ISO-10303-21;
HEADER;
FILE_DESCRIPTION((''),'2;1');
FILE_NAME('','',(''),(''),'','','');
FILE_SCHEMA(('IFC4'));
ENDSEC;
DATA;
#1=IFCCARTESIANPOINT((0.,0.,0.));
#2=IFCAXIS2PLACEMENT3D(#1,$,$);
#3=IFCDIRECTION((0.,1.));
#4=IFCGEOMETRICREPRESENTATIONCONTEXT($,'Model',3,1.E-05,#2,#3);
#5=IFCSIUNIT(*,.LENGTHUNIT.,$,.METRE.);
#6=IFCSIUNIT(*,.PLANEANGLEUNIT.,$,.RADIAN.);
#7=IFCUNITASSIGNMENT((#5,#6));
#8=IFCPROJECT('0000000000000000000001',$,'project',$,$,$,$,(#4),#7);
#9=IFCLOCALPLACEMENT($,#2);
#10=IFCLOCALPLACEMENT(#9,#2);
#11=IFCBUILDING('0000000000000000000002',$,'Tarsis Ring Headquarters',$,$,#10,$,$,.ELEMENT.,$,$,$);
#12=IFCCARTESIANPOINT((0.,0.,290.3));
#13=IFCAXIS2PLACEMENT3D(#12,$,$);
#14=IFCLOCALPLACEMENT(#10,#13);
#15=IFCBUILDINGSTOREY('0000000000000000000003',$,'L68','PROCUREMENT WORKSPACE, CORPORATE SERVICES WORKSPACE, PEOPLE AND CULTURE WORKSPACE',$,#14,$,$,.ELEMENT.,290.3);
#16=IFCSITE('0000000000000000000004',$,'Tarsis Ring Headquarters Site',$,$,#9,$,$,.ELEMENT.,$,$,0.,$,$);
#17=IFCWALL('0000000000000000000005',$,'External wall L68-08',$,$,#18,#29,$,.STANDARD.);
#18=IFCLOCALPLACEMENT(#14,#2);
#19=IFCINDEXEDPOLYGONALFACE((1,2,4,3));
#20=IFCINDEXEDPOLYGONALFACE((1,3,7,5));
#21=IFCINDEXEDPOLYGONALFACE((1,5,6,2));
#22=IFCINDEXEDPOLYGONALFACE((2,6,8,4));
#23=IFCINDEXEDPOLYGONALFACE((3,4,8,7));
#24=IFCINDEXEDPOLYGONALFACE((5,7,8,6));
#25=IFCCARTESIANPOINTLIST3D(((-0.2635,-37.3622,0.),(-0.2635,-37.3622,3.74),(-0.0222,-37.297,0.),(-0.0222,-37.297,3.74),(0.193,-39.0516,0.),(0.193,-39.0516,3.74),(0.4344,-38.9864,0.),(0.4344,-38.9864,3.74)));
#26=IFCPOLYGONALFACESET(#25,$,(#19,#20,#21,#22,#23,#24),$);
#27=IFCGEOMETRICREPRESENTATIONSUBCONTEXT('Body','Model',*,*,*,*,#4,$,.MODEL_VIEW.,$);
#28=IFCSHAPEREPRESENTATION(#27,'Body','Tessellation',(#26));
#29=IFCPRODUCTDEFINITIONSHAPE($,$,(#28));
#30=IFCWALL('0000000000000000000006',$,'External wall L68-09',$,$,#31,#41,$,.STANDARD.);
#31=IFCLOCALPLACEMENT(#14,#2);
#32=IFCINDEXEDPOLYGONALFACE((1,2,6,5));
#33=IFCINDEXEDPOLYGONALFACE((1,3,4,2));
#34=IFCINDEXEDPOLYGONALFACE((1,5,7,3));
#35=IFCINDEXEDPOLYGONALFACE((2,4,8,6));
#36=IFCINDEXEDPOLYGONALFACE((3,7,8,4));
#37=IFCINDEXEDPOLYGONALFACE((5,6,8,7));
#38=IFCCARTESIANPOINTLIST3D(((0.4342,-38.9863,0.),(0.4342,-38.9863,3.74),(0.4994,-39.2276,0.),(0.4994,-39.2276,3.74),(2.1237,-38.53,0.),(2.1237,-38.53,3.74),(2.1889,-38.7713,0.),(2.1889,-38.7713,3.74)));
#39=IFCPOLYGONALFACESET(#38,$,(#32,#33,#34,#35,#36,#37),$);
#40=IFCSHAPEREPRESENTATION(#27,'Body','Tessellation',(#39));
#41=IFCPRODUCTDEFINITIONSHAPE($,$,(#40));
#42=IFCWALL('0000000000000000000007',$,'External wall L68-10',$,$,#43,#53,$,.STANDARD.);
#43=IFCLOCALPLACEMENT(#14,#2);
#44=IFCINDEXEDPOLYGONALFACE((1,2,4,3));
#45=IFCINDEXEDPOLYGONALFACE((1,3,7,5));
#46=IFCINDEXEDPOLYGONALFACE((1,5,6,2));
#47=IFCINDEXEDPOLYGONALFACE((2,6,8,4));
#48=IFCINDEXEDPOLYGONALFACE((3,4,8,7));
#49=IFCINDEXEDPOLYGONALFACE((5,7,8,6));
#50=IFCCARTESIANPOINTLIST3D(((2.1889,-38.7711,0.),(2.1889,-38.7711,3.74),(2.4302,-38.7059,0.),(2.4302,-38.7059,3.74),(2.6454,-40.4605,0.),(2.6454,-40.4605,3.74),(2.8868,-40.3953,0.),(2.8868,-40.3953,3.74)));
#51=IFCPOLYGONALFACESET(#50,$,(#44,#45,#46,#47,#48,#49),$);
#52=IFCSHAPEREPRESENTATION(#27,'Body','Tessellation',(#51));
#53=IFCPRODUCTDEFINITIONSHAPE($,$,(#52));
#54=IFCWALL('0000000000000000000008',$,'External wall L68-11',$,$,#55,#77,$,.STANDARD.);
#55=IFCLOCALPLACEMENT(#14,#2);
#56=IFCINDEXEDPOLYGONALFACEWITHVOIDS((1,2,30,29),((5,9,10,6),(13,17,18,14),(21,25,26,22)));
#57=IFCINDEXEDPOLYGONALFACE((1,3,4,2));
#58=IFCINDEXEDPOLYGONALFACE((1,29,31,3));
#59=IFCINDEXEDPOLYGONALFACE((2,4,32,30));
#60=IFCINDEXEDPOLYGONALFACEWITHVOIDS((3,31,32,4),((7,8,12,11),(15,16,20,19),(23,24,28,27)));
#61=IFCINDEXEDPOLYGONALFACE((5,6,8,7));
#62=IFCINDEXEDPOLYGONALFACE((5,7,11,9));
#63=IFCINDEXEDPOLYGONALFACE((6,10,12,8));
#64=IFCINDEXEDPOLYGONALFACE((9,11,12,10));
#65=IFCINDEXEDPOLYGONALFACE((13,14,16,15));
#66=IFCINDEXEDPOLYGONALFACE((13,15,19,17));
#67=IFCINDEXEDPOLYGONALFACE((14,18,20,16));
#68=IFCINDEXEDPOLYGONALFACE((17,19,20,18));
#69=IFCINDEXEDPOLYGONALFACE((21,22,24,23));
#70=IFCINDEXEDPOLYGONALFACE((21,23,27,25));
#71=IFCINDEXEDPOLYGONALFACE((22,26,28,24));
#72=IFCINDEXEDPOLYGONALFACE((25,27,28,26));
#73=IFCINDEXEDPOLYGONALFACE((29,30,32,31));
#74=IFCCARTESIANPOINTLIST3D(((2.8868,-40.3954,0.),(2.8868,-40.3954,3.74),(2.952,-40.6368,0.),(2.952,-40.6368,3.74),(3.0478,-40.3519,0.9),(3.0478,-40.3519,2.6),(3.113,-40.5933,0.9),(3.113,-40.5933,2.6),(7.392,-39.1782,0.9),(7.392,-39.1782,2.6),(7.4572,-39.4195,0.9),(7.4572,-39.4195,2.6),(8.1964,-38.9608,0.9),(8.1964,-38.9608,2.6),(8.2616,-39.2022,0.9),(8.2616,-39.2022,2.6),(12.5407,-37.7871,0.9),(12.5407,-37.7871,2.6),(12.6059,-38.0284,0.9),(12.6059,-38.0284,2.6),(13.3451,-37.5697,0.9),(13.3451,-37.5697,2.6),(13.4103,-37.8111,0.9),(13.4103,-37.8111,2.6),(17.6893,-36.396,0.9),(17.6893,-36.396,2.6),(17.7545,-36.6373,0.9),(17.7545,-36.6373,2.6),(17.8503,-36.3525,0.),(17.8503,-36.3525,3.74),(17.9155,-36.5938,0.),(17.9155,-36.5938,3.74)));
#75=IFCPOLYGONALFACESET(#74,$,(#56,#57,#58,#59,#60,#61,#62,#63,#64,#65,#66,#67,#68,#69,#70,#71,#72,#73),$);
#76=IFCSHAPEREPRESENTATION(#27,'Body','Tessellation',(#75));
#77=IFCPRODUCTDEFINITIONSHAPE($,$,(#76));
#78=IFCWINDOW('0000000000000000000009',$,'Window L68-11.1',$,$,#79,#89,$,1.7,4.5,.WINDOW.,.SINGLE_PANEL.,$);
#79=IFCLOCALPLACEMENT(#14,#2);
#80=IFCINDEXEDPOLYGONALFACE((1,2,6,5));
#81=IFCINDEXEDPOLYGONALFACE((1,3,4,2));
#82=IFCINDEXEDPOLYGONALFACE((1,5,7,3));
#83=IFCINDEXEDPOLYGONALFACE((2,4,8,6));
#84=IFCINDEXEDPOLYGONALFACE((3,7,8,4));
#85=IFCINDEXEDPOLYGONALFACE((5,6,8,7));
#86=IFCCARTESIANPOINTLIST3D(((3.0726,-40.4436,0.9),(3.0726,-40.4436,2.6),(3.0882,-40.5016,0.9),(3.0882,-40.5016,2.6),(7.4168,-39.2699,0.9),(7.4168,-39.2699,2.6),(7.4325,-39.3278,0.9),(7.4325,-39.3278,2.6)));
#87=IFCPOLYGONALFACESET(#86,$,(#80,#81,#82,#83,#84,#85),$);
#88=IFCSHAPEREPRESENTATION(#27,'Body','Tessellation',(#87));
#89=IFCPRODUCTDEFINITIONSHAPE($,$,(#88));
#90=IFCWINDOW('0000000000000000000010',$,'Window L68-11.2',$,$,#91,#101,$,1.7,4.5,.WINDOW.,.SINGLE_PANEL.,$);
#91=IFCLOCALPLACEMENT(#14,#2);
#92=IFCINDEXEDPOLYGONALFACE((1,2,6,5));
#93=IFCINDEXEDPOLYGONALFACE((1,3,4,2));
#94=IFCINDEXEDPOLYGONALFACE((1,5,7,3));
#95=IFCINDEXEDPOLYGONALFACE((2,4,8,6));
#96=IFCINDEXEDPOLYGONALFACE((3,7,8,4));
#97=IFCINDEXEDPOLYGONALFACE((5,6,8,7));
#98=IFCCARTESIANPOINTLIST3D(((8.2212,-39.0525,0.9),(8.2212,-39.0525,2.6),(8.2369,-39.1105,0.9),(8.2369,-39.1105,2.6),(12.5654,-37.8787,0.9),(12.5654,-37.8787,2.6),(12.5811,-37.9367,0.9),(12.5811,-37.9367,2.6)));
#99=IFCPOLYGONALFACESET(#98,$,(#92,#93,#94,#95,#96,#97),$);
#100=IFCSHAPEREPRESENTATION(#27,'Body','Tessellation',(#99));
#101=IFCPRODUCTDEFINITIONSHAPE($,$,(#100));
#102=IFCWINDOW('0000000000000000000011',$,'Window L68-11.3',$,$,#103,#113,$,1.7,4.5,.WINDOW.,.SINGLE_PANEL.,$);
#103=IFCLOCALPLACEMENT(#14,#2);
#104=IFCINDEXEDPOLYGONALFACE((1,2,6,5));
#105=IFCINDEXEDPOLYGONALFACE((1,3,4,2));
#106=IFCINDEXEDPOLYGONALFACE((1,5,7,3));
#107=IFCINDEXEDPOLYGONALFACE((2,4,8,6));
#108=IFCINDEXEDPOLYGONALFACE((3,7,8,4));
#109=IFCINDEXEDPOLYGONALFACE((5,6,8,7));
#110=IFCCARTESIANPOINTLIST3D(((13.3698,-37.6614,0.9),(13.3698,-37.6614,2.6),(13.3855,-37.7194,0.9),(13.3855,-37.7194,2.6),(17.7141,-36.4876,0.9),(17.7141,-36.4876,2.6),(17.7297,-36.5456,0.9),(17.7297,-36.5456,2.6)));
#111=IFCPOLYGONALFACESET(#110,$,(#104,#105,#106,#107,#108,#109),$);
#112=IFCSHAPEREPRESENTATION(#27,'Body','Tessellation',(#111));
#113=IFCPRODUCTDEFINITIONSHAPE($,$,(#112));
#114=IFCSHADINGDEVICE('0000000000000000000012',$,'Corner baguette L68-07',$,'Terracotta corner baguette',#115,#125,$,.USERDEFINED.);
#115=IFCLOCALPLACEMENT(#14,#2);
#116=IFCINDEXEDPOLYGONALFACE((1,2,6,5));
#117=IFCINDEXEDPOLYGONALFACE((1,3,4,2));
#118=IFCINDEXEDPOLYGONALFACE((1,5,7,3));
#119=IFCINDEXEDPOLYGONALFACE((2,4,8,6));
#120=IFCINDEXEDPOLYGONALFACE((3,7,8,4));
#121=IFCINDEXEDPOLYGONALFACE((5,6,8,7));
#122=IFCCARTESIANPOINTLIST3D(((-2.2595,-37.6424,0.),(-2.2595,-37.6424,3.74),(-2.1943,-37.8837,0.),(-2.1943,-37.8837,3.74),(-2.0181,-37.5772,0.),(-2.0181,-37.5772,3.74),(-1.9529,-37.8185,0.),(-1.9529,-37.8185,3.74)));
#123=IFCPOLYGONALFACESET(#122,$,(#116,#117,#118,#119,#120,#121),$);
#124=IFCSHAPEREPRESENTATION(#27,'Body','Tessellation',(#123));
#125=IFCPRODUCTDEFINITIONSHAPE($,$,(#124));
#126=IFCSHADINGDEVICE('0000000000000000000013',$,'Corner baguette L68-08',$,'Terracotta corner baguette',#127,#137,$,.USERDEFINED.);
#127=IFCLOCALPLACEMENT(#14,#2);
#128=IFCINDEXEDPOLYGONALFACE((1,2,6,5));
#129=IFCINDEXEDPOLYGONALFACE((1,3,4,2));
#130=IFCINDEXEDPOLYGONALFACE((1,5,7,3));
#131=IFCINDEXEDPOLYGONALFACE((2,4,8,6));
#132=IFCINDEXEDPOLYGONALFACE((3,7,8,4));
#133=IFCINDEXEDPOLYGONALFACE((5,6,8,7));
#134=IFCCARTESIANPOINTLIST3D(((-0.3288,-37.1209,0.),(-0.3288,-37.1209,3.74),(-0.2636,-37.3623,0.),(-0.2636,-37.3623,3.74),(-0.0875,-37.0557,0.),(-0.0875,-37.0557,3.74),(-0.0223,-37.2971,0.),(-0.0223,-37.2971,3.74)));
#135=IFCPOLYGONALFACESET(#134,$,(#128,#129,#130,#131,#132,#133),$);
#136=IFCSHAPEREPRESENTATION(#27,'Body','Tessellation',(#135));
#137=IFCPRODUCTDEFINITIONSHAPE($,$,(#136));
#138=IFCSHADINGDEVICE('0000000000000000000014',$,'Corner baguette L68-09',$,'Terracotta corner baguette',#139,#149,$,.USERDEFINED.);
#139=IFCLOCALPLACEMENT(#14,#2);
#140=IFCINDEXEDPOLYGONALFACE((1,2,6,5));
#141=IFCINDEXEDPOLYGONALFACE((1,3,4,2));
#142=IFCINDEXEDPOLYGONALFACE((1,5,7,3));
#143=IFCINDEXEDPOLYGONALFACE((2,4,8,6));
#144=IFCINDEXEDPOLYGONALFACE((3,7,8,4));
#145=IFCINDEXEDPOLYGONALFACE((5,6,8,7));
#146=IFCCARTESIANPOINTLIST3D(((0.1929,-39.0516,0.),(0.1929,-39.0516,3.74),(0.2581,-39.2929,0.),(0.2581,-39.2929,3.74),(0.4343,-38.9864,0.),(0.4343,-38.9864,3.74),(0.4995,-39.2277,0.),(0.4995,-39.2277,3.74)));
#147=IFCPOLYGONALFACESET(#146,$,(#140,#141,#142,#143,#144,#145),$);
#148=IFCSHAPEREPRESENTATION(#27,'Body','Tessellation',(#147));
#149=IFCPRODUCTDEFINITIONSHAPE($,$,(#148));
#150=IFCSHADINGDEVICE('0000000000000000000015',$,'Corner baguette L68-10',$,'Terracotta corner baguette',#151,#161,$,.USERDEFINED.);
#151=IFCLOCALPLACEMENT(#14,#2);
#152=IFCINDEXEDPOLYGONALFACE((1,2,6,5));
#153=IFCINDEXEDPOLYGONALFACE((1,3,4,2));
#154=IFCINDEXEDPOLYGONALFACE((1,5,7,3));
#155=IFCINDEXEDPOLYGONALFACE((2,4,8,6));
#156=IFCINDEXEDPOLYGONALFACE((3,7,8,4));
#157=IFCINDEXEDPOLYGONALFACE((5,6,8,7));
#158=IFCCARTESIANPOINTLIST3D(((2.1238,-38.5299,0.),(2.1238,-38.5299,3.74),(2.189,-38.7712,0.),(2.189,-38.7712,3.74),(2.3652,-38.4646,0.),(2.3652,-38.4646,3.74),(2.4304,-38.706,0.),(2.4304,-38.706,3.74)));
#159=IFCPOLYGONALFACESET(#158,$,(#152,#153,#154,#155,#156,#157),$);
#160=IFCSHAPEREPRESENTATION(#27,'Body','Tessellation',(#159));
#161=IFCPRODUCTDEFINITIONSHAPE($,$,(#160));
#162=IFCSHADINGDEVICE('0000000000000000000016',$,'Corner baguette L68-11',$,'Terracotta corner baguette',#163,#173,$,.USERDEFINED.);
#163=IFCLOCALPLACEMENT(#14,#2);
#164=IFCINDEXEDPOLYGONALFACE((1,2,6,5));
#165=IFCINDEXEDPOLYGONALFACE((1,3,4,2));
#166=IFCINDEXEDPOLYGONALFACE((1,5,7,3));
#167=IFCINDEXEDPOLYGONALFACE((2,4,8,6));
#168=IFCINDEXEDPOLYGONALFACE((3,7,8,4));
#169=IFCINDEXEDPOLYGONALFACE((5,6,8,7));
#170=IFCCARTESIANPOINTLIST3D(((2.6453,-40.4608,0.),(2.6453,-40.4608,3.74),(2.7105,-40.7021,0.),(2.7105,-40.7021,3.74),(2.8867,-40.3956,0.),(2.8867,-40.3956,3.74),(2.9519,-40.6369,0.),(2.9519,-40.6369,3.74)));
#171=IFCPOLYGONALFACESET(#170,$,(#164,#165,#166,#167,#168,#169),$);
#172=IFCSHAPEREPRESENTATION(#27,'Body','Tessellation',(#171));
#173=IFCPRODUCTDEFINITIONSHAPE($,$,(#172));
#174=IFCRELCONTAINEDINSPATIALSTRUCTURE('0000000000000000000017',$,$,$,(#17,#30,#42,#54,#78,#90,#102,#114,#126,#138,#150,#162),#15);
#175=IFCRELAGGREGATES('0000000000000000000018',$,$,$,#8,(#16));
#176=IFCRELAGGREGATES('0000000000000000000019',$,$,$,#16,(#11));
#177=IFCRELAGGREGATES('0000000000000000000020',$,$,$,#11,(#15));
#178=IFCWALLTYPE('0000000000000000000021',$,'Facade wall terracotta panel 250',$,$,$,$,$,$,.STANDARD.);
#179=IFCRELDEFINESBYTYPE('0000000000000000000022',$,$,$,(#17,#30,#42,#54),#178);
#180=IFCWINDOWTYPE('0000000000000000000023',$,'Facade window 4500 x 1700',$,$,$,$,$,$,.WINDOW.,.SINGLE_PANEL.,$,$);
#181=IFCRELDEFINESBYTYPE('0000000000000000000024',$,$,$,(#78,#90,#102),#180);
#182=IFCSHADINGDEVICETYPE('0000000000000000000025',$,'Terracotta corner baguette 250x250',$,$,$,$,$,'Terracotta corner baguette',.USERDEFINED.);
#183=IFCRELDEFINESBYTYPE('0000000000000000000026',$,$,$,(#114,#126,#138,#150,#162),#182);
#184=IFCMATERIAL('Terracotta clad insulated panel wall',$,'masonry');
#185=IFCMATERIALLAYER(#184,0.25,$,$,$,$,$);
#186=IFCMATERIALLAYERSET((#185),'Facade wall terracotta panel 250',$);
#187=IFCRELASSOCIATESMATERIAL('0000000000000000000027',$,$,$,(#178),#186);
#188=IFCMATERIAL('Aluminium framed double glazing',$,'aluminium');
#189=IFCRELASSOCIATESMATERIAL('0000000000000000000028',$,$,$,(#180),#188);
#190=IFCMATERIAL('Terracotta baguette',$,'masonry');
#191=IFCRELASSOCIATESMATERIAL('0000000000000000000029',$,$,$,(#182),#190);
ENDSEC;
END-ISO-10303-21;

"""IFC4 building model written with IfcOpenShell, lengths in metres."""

from ifc_helpers import new_model, si_unit, direction, frame, frame_2d, origin, origin_2d, place, context, subcontext, project, spatial, rectangle, extrude, material, layer, layer_set, type_object, element, fill, save


model = new_model("IFC4")

# Units and contexts
model_context = context("Model", 3, precision=1e-05, world=origin(), true_north=direction((0.0, 1.0)))
body_context = subcontext(model_context, "Body", "Model", "MODEL_VIEW")
ifc_project = project(units=[si_unit("LENGTHUNIT", "METRE"), si_unit("PLANEANGLEUNIT", "RADIAN")], contexts=[model_context])

# Site, building, storey
site_placement = place(None, origin())
site = spatial("IfcSite", under=ifc_project, at=site_placement, Name="Tarsis Ring Headquarters Site", CompositionType="ELEMENT", RefElevation=0.0)
building_placement = place(site_placement, origin())
building = spatial("IfcBuilding", under=site, at=building_placement, Name="Tarsis Ring Headquarters", CompositionType="ELEMENT")
storey_placement = place(building_placement, frame((0.0, 0.0, 290.3)))
storey = spatial("IfcBuildingStorey", under=building, at=storey_placement, Name="L68", Description="PROCUREMENT WORKSPACE, CORPORATE SERVICES WORKSPACE, PEOPLE AND CULTURE WORKSPACE", CompositionType="ELEMENT", Elevation=290.3)

# Walls
ifc_material_1 = material(Name="Terracotta clad insulated panel wall", Category="masonry")
ifc_layer_1 = layer(ifc_material_1, 0.25)
ifc_layer_set_1 = layer_set([ifc_layer_1], Name="Facade wall terracotta panel 250")
wall_type_1 = type_object("IfcWallType", Name="Facade wall terracotta panel 250", PredefinedType="STANDARD", material=ifc_layer_set_1)
for number, where, z_axis, x_axis, name in (
    (1, (-0.1428, -37.3296, 0.0), (0.0, 0.0, 1.0), (0.260874, -0.965373, 0.0), "External wall L68-08"),
    (2, (0.4668, -39.1069, 0.0), (0.0, 0.0, 1.0), (0.965408, 0.260744, 0.0), "External wall L68-09"),
    (3, (2.3096, -38.7385, 0.0), (0.0, 0.0, 1.0), (0.260874, -0.965373, 0.0), "External wall L68-10"),
):
    element("IfcWall", number, at=place(storey_placement, frame(where, z_axis=z_axis, x_axis=x_axis)), inside=storey, type_object=wall_type_1, Name=name, PredefinedType="STANDARD", context=body_context, shape_type="SweptSolid", body=[
        extrude(rectangle(XDim=1.75, YDim=0.25, at=frame_2d((0.875, 0.0))), origin(), (0.0, 0.0, 1.0), 3.74),
    ])

# Wall, openings, windows
wall_1_placement = place(storey_placement, frame((2.9194, -40.5161, 0.0), z_axis=(0.0, 0.0, 1.0), x_axis=(0.965383, 0.260838, 0.0)))
wall_1 = element("IfcWall", 4, at=wall_1_placement, inside=storey, type_object=wall_type_1, Name="External wall L68-11", PredefinedType="STANDARD", context=body_context, shape_type="SweptSolid", body=[
    extrude(rectangle(XDim=15.5, YDim=0.25, at=frame_2d((7.75, 0.0))), origin(), (0.0, 0.0, 1.0), 3.74),
])
opening_1_placement = place(wall_1_placement, frame((0.1667, 0.0, 0.8999)))
opening_1 = element("IfcOpeningElement", 5, at=opening_1_placement, cuts=wall_1, PredefinedType="OPENING", context=body_context, shape_type="SweptSolid", body=[
    extrude(rectangle(XDim=4.5, YDim=1.7, at=frame_2d((2.25, 0.8501))), frame((0.0, 0.135, 0.0), z_axis=(0.0, -1.0, 0.0), x_axis=(1.0, 0.0, 0.0)), (0.0, 0.0, 1.0), 0.27),
])
opening_2_placement = place(wall_1_placement, frame((5.5, 0.0, 0.8999)))
opening_2 = element("IfcOpeningElement", 6, at=opening_2_placement, cuts=wall_1, PredefinedType="OPENING", context=body_context, shape_type="SweptSolid", body=[
    extrude(rectangle(XDim=4.5, YDim=1.7, at=frame_2d((2.25, 0.8501))), frame((0.0, 0.135, 0.0), z_axis=(0.0, -1.0, 0.0), x_axis=(1.0, 0.0, 0.0)), (0.0, 0.0, 1.0), 0.27),
])
opening_3_placement = place(wall_1_placement, frame((10.8333, 0.0, 0.8999)))
opening_3 = element("IfcOpeningElement", 7, at=opening_3_placement, cuts=wall_1, PredefinedType="OPENING", context=body_context, shape_type="SweptSolid", body=[
    extrude(rectangle(XDim=4.5, YDim=1.7, at=frame_2d((2.25, 0.8501))), frame((0.0, 0.135, 0.0), z_axis=(0.0, -1.0, 0.0), x_axis=(1.0, 0.0, 0.0)), (0.0, 0.0, 1.0), 0.27),
])
ifc_material_2 = material(Name="Aluminium framed double glazing", Category="aluminium")
window_type = type_object("IfcWindowType", Name="Facade window 4500 x 1700", PartitioningType="SINGLE_PANEL", PredefinedType="WINDOW", material=ifc_material_2)
window_1_placement = place(opening_1_placement, origin())
window_1 = element("IfcWindow", 8, at=window_1_placement, inside=storey, type_object=window_type, Name="Window L68-11.1", OverallHeight=1.7, OverallWidth=4.5, PartitioningType="SINGLE_PANEL", PredefinedType="WINDOW", context=body_context, shape_type="SweptSolid", body=[
    extrude(rectangle(XDim=4.5, YDim=1.7, at=frame_2d((2.25, 0.8501))), frame((0.0, 0.03, 0.0), z_axis=(0.0, -1.0, 0.0), x_axis=(1.0, 0.0, 0.0)), (0.0, 0.0, 1.0), 0.0601),
])
fill(opening_1, window_1)
window_2_placement = place(opening_2_placement, origin())
window_2 = element("IfcWindow", 9, at=window_2_placement, inside=storey, type_object=window_type, Name="Window L68-11.2", OverallHeight=1.7, OverallWidth=4.5, PartitioningType="SINGLE_PANEL", PredefinedType="WINDOW", context=body_context, shape_type="SweptSolid", body=[
    extrude(rectangle(XDim=4.5, YDim=1.7, at=frame_2d((2.25, 0.8501))), frame((0.0, 0.03, 0.0), z_axis=(0.0, -1.0, 0.0), x_axis=(1.0, 0.0, 0.0)), (0.0, 0.0, 1.0), 0.0601),
])
fill(opening_2, window_2)
window_3_placement = place(opening_3_placement, origin())
window_3 = element("IfcWindow", 10, at=window_3_placement, inside=storey, type_object=window_type, Name="Window L68-11.3", OverallHeight=1.7, OverallWidth=4.5, PartitioningType="SINGLE_PANEL", PredefinedType="WINDOW", context=body_context, shape_type="SweptSolid", body=[
    extrude(rectangle(XDim=4.5, YDim=1.7, at=frame_2d((2.25, 0.8501))), frame((0.0, 0.03, 0.0), z_axis=(0.0, -1.0, 0.0), x_axis=(1.0, 0.0, 0.0)), (0.0, 0.0, 1.0), 0.0601),
])
fill(opening_3, window_3)

# Shading devices
ifc_material_3 = material(Name="Terracotta baguette", Category="masonry")
shading_device_type_1 = type_object("IfcShadingDeviceType", Name="Terracotta corner baguette 250x250", ElementType="Terracotta corner baguette", PredefinedType="USERDEFINED", material=ifc_material_3)
for number, where, z_axis, x_axis, name in (
    (11, (-2.1062, -37.7305, 0.0), (0.0, 0.0, 1.0), (0.260841, -0.965382, 0.0), "Corner baguette L68-07"),
    (12, (-0.1755, -37.209, 0.0), (0.0, 0.0, 1.0), (0.965382, 0.260842, 0.0), "Corner baguette L68-08"),
    (13, (0.3462, -39.1396, 0.0), (0.0, 0.0, 1.0), (0.260842, -0.965382, 0.0), "Corner baguette L68-09"),
    (14, (2.2771, -38.6179, 0.0), (0.0, 0.0, 1.0), (0.965382, 0.260842, 0.0), "Corner baguette L68-10"),
    (15, (2.7986, -40.5488, 0.0), (0.0, 0.0, 1.0), (0.260842, -0.965382, 0.0), "Corner baguette L68-11"),
):
    element("IfcShadingDevice", number, at=place(storey_placement, frame(where, z_axis=z_axis, x_axis=x_axis)), inside=storey, type_object=shading_device_type_1, Name=name, ObjectType="Terracotta corner baguette", PredefinedType="USERDEFINED", context=body_context, shape_type="SweptSolid", body=[
        extrude(rectangle(XDim=0.25, YDim=0.25, at=origin_2d()), origin(), (0.0, 0.0, 1.0), 3.74),
    ])

save(model, "model.ifc")
